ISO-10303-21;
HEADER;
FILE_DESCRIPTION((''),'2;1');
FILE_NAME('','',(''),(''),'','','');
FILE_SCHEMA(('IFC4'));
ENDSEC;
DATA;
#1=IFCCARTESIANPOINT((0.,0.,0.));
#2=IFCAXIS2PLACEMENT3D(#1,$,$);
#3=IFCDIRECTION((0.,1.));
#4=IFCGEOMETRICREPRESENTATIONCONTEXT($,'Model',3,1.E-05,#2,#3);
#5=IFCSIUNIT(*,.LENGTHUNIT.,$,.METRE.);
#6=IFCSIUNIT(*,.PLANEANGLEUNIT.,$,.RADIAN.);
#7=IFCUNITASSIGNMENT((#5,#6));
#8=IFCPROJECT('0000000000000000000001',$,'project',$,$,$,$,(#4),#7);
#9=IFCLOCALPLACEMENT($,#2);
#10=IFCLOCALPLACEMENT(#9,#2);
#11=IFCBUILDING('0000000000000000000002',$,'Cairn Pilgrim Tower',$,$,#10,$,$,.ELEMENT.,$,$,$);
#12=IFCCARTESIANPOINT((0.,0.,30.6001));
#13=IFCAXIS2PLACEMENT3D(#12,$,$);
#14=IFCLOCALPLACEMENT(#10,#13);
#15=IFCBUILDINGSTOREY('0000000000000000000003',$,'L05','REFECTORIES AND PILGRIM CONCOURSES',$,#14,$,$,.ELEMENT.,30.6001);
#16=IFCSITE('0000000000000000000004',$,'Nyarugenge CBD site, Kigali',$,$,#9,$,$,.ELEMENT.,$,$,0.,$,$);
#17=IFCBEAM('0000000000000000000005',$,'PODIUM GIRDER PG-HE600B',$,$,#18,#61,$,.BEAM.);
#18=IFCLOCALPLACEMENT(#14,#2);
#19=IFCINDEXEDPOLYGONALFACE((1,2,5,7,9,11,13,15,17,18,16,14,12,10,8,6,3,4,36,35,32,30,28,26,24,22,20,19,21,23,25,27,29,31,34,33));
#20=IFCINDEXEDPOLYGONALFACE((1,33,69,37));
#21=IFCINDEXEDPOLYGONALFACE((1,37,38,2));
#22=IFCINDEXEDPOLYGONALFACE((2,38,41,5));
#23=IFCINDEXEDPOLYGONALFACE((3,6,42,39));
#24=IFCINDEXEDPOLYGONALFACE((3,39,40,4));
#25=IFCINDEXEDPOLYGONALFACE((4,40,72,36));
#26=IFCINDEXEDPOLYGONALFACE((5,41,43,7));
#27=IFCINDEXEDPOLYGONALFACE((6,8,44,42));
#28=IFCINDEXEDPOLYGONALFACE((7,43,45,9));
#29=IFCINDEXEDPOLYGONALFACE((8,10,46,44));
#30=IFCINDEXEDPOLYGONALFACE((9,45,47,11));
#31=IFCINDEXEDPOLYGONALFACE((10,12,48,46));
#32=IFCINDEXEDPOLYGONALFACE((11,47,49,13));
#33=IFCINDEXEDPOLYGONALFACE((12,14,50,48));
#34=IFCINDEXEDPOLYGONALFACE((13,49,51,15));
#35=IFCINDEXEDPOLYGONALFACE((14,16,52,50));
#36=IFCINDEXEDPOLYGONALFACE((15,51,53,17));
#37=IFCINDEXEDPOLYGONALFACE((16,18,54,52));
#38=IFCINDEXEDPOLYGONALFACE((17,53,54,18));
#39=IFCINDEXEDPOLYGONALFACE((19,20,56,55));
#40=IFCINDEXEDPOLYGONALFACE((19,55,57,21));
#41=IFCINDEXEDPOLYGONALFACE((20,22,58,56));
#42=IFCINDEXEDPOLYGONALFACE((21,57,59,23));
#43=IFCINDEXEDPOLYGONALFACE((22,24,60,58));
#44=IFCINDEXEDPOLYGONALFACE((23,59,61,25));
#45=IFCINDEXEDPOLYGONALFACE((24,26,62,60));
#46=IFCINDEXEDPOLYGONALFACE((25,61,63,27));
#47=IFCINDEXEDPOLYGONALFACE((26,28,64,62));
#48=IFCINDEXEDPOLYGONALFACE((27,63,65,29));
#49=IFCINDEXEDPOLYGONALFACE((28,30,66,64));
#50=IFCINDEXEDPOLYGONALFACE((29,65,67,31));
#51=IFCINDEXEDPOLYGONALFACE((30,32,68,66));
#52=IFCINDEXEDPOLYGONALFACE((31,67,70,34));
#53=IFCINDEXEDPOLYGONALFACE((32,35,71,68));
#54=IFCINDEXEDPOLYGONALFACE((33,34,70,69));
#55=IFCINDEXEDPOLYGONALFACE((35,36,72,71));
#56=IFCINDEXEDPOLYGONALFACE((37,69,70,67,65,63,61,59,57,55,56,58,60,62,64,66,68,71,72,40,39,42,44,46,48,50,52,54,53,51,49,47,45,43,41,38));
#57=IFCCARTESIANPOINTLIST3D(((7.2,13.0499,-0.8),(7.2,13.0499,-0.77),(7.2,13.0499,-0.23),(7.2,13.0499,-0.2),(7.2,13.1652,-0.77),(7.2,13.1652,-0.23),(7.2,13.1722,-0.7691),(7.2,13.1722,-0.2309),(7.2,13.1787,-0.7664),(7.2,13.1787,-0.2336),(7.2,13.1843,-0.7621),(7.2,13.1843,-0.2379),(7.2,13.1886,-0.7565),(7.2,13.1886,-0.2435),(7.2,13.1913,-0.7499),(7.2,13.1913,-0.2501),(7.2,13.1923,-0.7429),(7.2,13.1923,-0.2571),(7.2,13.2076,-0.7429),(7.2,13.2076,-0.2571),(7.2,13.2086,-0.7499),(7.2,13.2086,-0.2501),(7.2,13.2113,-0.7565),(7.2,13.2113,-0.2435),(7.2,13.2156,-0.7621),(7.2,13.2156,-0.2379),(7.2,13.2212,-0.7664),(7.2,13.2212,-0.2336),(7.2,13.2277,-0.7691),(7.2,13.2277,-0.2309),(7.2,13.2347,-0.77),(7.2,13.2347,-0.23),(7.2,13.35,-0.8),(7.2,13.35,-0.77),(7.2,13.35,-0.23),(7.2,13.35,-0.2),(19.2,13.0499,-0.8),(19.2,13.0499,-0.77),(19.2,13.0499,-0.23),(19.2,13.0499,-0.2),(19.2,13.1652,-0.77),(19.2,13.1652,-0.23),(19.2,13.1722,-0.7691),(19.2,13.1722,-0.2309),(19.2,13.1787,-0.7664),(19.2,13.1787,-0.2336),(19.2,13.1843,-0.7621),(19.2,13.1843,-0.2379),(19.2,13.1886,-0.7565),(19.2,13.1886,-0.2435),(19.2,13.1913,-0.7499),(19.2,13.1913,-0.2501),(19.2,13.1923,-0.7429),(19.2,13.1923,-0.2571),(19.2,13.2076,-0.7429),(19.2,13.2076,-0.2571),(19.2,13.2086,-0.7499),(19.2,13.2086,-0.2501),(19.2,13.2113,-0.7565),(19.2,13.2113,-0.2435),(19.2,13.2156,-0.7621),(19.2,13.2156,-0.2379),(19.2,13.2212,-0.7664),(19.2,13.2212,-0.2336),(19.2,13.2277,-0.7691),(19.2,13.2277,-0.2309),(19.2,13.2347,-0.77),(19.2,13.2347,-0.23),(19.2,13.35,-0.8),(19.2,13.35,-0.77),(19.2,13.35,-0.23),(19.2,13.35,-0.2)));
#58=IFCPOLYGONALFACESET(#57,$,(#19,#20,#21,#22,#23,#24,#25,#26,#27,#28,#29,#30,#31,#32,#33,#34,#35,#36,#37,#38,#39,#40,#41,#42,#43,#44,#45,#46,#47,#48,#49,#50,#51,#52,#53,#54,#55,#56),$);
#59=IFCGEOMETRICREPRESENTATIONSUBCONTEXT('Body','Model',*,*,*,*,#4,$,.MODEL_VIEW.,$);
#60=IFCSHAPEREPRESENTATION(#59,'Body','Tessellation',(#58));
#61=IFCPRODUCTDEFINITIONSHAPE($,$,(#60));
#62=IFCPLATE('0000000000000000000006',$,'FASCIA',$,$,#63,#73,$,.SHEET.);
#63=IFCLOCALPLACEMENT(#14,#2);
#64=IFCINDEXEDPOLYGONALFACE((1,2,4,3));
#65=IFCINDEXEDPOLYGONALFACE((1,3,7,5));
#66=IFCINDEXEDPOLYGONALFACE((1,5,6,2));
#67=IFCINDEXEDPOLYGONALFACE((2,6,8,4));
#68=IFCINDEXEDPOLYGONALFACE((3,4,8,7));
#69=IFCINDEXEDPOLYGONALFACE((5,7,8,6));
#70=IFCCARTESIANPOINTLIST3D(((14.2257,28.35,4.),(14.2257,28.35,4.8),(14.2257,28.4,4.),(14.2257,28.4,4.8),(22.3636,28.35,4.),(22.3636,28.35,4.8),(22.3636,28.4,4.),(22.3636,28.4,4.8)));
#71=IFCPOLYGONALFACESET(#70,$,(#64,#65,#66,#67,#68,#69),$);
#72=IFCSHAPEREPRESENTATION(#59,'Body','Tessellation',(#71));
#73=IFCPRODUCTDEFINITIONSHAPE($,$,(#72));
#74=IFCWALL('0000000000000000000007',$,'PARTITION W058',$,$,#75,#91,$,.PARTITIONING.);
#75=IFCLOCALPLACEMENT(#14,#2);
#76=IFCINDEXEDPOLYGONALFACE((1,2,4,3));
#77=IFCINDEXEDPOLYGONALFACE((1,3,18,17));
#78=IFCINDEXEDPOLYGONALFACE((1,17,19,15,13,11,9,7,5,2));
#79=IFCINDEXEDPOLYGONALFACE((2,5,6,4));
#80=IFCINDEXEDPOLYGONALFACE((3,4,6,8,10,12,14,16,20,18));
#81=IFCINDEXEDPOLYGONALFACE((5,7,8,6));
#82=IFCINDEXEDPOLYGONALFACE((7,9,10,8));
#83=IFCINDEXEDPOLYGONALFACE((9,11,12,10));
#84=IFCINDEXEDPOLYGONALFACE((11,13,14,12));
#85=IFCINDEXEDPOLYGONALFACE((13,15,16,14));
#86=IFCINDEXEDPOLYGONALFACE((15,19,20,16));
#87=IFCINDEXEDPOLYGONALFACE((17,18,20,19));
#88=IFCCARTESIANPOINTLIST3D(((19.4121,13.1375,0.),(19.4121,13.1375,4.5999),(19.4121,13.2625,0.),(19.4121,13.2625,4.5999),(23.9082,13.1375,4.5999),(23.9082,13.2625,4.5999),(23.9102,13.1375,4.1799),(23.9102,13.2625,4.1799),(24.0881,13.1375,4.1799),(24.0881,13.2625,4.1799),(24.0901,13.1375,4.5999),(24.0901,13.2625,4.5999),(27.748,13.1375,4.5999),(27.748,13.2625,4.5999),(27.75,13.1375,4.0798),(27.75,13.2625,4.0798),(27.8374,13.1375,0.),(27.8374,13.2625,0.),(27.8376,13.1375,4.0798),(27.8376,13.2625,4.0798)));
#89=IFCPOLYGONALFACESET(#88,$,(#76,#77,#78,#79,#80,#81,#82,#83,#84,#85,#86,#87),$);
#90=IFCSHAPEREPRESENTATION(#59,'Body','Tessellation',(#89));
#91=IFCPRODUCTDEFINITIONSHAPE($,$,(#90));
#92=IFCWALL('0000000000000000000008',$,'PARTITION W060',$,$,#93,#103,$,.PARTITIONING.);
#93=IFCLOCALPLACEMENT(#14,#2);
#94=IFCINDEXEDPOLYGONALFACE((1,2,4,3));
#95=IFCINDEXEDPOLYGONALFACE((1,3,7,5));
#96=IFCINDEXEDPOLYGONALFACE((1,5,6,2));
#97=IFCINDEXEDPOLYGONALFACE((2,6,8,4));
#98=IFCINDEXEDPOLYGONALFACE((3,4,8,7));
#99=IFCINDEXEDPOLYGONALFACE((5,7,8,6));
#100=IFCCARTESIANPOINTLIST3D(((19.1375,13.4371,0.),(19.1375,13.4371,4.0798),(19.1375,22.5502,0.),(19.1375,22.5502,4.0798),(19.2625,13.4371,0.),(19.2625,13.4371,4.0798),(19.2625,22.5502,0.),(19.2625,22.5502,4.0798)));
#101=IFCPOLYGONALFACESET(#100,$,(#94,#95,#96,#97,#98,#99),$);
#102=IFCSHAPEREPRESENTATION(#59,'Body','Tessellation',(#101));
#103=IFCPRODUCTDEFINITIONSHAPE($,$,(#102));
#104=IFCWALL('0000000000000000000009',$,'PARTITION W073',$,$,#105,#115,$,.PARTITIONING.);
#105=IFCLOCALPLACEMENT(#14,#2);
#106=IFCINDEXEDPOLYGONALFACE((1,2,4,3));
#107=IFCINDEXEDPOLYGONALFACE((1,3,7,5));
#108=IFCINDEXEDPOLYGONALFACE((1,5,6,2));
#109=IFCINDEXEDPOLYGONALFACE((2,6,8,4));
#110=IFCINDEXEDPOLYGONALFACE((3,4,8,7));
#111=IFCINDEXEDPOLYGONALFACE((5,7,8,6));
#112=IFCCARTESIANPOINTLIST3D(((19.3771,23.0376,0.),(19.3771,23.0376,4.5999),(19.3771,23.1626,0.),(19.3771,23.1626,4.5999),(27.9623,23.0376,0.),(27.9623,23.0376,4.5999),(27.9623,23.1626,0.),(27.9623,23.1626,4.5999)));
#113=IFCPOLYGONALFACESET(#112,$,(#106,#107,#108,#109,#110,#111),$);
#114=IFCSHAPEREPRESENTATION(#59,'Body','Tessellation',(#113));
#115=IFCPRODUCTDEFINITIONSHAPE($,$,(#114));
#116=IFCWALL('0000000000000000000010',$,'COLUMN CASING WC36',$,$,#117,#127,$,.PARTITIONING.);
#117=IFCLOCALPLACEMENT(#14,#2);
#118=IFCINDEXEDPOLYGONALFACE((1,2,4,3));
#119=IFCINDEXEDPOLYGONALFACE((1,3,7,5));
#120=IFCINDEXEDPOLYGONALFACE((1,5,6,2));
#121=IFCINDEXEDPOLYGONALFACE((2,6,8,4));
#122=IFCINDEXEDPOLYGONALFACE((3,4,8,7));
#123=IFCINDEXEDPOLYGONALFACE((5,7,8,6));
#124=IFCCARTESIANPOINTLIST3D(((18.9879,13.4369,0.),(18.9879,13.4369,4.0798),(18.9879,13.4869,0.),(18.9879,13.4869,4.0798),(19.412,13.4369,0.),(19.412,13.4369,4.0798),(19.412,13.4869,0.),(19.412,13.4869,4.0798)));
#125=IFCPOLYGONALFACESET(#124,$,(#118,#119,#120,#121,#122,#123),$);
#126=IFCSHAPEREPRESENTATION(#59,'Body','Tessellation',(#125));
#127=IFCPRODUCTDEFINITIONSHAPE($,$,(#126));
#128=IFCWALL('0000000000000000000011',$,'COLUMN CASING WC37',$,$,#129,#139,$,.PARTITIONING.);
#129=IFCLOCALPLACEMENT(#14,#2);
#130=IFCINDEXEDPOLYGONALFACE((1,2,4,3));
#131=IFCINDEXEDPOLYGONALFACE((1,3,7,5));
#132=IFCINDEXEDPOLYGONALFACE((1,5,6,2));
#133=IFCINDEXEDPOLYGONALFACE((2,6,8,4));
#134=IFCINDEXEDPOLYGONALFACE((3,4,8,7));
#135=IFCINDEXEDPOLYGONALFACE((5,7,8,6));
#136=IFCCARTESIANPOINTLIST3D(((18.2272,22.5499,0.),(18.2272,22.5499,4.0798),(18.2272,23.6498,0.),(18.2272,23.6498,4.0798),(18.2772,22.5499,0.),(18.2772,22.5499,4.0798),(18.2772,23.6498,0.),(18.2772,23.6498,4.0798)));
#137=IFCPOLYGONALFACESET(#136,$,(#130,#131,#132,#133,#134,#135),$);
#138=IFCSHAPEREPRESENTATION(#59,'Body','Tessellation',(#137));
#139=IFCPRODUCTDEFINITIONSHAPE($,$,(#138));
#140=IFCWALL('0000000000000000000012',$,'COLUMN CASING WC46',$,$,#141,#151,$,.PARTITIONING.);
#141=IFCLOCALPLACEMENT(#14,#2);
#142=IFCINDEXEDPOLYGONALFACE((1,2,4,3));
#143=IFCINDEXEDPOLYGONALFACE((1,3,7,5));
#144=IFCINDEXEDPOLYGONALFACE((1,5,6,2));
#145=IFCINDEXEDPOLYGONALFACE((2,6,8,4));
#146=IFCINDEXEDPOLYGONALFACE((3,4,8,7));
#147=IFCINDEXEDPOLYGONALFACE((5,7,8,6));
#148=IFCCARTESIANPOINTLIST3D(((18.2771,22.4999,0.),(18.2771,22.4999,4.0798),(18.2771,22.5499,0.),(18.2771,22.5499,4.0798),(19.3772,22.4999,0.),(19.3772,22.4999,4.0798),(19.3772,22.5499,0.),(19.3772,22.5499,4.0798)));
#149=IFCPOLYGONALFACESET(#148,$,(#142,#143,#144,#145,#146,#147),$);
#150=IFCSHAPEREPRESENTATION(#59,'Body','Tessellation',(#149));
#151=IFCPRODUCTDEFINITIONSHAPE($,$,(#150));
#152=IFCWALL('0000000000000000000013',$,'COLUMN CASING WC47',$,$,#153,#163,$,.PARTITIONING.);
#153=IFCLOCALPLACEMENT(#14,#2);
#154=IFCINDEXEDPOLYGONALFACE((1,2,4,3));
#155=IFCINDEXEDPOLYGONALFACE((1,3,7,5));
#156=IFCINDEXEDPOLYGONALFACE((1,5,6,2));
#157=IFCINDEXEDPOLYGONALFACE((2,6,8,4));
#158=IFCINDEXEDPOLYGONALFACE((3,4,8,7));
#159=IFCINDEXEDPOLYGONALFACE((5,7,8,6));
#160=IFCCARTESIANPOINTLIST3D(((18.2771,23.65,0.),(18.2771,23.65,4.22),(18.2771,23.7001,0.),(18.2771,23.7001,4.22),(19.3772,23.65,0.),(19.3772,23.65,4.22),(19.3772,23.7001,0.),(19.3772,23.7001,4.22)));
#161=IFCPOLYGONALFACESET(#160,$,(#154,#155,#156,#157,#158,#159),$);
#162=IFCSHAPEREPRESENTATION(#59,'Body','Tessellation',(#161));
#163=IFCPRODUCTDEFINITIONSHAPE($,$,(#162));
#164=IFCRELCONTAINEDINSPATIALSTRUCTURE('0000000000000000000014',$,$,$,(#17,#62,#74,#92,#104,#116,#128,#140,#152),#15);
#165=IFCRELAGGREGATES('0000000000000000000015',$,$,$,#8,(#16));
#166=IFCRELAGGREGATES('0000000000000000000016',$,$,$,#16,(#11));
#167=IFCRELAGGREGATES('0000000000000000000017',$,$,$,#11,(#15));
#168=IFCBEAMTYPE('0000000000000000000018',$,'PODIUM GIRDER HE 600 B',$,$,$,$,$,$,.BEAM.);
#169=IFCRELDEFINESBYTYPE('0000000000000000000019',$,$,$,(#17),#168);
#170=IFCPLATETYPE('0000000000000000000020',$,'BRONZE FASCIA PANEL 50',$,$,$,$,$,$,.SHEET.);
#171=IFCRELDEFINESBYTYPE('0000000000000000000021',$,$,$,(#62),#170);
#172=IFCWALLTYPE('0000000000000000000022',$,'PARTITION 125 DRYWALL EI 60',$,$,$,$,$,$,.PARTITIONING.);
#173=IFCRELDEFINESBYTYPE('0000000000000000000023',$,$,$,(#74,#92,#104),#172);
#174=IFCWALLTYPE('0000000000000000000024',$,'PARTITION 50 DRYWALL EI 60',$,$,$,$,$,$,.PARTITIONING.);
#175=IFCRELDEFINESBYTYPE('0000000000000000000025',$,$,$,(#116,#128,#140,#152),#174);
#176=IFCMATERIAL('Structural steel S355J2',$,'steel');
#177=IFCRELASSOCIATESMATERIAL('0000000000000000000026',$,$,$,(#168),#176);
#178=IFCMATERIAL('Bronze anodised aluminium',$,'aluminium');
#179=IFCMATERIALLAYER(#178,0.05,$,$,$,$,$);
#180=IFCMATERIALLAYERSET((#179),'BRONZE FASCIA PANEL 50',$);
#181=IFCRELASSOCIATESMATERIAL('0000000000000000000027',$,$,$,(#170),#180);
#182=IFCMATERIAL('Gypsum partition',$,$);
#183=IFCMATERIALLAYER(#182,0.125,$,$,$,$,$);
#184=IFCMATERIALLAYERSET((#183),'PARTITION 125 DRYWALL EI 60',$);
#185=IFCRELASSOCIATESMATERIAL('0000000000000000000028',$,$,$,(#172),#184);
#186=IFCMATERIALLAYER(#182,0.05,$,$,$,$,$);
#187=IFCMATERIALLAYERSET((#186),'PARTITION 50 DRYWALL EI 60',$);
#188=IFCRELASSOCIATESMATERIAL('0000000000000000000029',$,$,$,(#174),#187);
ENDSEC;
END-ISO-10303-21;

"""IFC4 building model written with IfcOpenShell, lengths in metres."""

from ifc_helpers import new_model, si_unit, direction, frame, frame_2d, origin, origin_2d, place, context, subcontext, project, spatial, polyline, rectangle, i_section, outline, extrude, material, layer, layer_set, material_profile, profile_set, type_object, element, save


model = new_model("IFC4")

# Units and contexts
model_context = context("Model", 3, precision=1e-05, world=origin(), true_north=direction((0.0, 1.0)))
body_context = subcontext(model_context, "Body", "Model", "MODEL_VIEW")
ifc_project = project(units=[si_unit("LENGTHUNIT", "METRE"), si_unit("PLANEANGLEUNIT", "RADIAN")], contexts=[model_context])

# Site, building, storey
site_placement = place(None, origin())
site = spatial("IfcSite", under=ifc_project, at=site_placement, Name="Nyarugenge CBD site, Kigali", CompositionType="ELEMENT", RefElevation=0.0)
building_placement = place(site_placement, origin())
building = spatial("IfcBuilding", under=site, at=building_placement, Name="Cairn Pilgrim Tower", CompositionType="ELEMENT")
storey_placement = place(building_placement, frame((0.0, 0.0, 30.6001)))
storey = spatial("IfcBuildingStorey", under=building, at=storey_placement, Name="L05", Description="REFECTORIES AND PILGRIM CONCOURSES", CompositionType="ELEMENT", Elevation=30.6001)

# Beam
ifc_material_1 = material(Name="Structural steel S355J2", Category="steel")
ifc_material_profile_1 = material_profile(ifc_material_1, i_section(OverallWidth=0.3, OverallDepth=0.6001, WebThickness=0.0154, FlangeThickness=0.03, FilletRadius=0.0271, at=origin_2d()), Name="HEB 600")
ifc_profile_set_1 = profile_set([ifc_material_profile_1], Name="Structural steel S355J2")
beam_type_1 = type_object("IfcBeamType", Name="PODIUM GIRDER HE 600 B", PredefinedType="BEAM", material=ifc_profile_set_1)
beam_1_placement = place(storey_placement, frame((19.2, 13.2, -0.5), z_axis=(-1.0, 0.0, 0.0), x_axis=(0.0, -1.0, 0.0)))
element("IfcBeam", 1, at=beam_1_placement, inside=storey, type_object=beam_type_1, Name="PODIUM GIRDER PG-HE600B", PredefinedType="BEAM", context=body_context, shape_type="SweptSolid", body=[
    extrude(i_section(OverallWidth=0.3, OverallDepth=0.6001, WebThickness=0.0154, FlangeThickness=0.03, FilletRadius=0.0271, at=origin_2d()), origin(), (0.0, 0.0, 1.0), 12.0),
])

# Plate
ifc_material_2 = material(Name="Bronze anodised aluminium", Category="aluminium")
ifc_layer_1 = layer(ifc_material_2, 0.05)
ifc_layer_set_1 = layer_set([ifc_layer_1], Name="BRONZE FASCIA PANEL 50")
plate_type = type_object("IfcPlateType", Name="BRONZE FASCIA PANEL 50", PredefinedType="SHEET", material=ifc_layer_set_1)
plate_placement = place(storey_placement, frame((18.2947, 28.375, 4.0), z_axis=(0.0, 0.0, 1.0), x_axis=(-1.0, 0.0, 0.0)))
element("IfcPlate", 2, at=plate_placement, inside=storey, type_object=plate_type, Name="FASCIA", PredefinedType="SHEET", context=body_context, shape_type="SweptSolid", body=[
    extrude(rectangle(XDim=8.1379, YDim=0.05, at=origin_2d()), origin(), (0.0, 0.0, 1.0), 0.8),
])

# Walls
ifc_material_3 = material(Name="Gypsum partition")
ifc_layer_2 = layer(ifc_material_3, 0.125)
ifc_layer_set_2 = layer_set([ifc_layer_2], Name="PARTITION 125 DRYWALL EI 60")
wall_type_1 = type_object("IfcWallType", Name="PARTITION 125 DRYWALL EI 60", PredefinedType="PARTITIONING", material=ifc_layer_set_2)
wall_1_placement = place(storey_placement, frame((19.4121, 13.2, 0.0), z_axis=(0.0, 0.0, 1.0), x_axis=(1.0, 0.0, 0.0)))
element("IfcWall", 3, at=wall_1_placement, inside=storey, type_object=wall_type_1, Name="PARTITION W058", PredefinedType="PARTITIONING", context=body_context, shape_type="SweptSolid", body=[
    extrude(outline(polyline([(0.0, 0.0), (8.4253, 0.0), (8.4255, 4.0798), (8.3379, 4.0798), (8.3359, 4.5999), (4.678, 4.5999), (4.676, 4.1799), (4.498, 4.1799), (4.4961, 4.5999), (0.0, 4.5999), (0.0, 0.0)])), frame((0.0, 0.0625, 0.0), z_axis=(0.0, -1.0, 0.0), x_axis=(1.0, 0.0, 0.0)), (0.0, 0.0, 1.0), 0.125),
])
wall_2_placement = place(storey_placement, frame((19.2, 13.437, 0.0), z_axis=(0.0, 0.0, 1.0), x_axis=(0.0, 1.0, 0.0)))
element("IfcWall", 4, at=wall_2_placement, inside=storey, type_object=wall_type_1, Name="PARTITION W060", PredefinedType="PARTITIONING", context=body_context, shape_type="SweptSolid", body=[
    extrude(rectangle(XDim=9.113, YDim=0.125, at=frame_2d((4.5566, 0.0))), origin(), (0.0, 0.0, 1.0), 4.0798),
])
wall_3_placement = place(storey_placement, frame((19.3772, 23.1001, 0.0), z_axis=(0.0, 0.0, 1.0), x_axis=(1.0, 0.0, 0.0)))
element("IfcWall", 5, at=wall_3_placement, inside=storey, type_object=wall_type_1, Name="PARTITION W073", PredefinedType="PARTITIONING", context=body_context, shape_type="SweptSolid", body=[
    extrude(rectangle(XDim=8.5852, YDim=0.125, at=frame_2d((4.2925, 0.0))), origin(), (0.0, 0.0, 1.0), 4.5999),
])
ifc_layer_3 = layer(ifc_material_3, 0.05)
ifc_layer_set_3 = layer_set([ifc_layer_3], Name="PARTITION 50 DRYWALL EI 60")
wall_type_2 = type_object("IfcWallType", Name="PARTITION 50 DRYWALL EI 60", PredefinedType="PARTITIONING", material=ifc_layer_set_3)
wall_4_placement = place(storey_placement, frame((18.988, 13.4619, 0.0), z_axis=(0.0, 0.0, 1.0), x_axis=(1.0, 0.0, 0.0)))
element("IfcWall", 6, at=wall_4_placement, inside=storey, type_object=wall_type_2, Name="COLUMN CASING WC36", PredefinedType="PARTITIONING", context=body_context, shape_type="SweptSolid", body=[
    extrude(rectangle(XDim=0.4241, YDim=0.05, at=frame_2d((0.2119, 0.0))), origin(), (0.0, 0.0, 1.0), 4.0798),
])
wall_5_placement = place(storey_placement, frame((18.2522, 22.55, 0.0), z_axis=(0.0, 0.0, 1.0), x_axis=(0.0, 1.0, 0.0)))
element("IfcWall", 7, at=wall_5_placement, inside=storey, type_object=wall_type_2, Name="COLUMN CASING WC37", PredefinedType="PARTITIONING", context=body_context, shape_type="SweptSolid", body=[
    extrude(rectangle(XDim=1.0999, YDim=0.05, at=frame_2d((0.5498, 0.0))), origin(), (0.0, 0.0, 1.0), 4.0798),
])
wall_6_placement = place(storey_placement, frame((18.2771, 22.5249, 0.0), z_axis=(0.0, 0.0, 1.0), x_axis=(1.0, 0.0, 0.0)))
element("IfcWall", 8, at=wall_6_placement, inside=storey, type_object=wall_type_2, Name="COLUMN CASING WC46", PredefinedType="PARTITIONING", context=body_context, shape_type="SweptSolid", body=[
    extrude(rectangle(XDim=1.1001, YDim=0.05, at=frame_2d((0.55, 0.0))), origin(), (0.0, 0.0, 1.0), 4.0798),
])
wall_7_placement = place(storey_placement, frame((18.2771, 23.675, 0.0), z_axis=(0.0, 0.0, 1.0), x_axis=(1.0, 0.0, 0.0)))
element("IfcWall", 9, at=wall_7_placement, inside=storey, type_object=wall_type_2, Name="COLUMN CASING WC47", PredefinedType="PARTITIONING", context=body_context, shape_type="SweptSolid", body=[
    extrude(rectangle(XDim=1.1001, YDim=0.05, at=frame_2d((0.55, 0.0))), origin(), (0.0, 0.0, 1.0), 4.22),
])

save(model, "model.ifc")
